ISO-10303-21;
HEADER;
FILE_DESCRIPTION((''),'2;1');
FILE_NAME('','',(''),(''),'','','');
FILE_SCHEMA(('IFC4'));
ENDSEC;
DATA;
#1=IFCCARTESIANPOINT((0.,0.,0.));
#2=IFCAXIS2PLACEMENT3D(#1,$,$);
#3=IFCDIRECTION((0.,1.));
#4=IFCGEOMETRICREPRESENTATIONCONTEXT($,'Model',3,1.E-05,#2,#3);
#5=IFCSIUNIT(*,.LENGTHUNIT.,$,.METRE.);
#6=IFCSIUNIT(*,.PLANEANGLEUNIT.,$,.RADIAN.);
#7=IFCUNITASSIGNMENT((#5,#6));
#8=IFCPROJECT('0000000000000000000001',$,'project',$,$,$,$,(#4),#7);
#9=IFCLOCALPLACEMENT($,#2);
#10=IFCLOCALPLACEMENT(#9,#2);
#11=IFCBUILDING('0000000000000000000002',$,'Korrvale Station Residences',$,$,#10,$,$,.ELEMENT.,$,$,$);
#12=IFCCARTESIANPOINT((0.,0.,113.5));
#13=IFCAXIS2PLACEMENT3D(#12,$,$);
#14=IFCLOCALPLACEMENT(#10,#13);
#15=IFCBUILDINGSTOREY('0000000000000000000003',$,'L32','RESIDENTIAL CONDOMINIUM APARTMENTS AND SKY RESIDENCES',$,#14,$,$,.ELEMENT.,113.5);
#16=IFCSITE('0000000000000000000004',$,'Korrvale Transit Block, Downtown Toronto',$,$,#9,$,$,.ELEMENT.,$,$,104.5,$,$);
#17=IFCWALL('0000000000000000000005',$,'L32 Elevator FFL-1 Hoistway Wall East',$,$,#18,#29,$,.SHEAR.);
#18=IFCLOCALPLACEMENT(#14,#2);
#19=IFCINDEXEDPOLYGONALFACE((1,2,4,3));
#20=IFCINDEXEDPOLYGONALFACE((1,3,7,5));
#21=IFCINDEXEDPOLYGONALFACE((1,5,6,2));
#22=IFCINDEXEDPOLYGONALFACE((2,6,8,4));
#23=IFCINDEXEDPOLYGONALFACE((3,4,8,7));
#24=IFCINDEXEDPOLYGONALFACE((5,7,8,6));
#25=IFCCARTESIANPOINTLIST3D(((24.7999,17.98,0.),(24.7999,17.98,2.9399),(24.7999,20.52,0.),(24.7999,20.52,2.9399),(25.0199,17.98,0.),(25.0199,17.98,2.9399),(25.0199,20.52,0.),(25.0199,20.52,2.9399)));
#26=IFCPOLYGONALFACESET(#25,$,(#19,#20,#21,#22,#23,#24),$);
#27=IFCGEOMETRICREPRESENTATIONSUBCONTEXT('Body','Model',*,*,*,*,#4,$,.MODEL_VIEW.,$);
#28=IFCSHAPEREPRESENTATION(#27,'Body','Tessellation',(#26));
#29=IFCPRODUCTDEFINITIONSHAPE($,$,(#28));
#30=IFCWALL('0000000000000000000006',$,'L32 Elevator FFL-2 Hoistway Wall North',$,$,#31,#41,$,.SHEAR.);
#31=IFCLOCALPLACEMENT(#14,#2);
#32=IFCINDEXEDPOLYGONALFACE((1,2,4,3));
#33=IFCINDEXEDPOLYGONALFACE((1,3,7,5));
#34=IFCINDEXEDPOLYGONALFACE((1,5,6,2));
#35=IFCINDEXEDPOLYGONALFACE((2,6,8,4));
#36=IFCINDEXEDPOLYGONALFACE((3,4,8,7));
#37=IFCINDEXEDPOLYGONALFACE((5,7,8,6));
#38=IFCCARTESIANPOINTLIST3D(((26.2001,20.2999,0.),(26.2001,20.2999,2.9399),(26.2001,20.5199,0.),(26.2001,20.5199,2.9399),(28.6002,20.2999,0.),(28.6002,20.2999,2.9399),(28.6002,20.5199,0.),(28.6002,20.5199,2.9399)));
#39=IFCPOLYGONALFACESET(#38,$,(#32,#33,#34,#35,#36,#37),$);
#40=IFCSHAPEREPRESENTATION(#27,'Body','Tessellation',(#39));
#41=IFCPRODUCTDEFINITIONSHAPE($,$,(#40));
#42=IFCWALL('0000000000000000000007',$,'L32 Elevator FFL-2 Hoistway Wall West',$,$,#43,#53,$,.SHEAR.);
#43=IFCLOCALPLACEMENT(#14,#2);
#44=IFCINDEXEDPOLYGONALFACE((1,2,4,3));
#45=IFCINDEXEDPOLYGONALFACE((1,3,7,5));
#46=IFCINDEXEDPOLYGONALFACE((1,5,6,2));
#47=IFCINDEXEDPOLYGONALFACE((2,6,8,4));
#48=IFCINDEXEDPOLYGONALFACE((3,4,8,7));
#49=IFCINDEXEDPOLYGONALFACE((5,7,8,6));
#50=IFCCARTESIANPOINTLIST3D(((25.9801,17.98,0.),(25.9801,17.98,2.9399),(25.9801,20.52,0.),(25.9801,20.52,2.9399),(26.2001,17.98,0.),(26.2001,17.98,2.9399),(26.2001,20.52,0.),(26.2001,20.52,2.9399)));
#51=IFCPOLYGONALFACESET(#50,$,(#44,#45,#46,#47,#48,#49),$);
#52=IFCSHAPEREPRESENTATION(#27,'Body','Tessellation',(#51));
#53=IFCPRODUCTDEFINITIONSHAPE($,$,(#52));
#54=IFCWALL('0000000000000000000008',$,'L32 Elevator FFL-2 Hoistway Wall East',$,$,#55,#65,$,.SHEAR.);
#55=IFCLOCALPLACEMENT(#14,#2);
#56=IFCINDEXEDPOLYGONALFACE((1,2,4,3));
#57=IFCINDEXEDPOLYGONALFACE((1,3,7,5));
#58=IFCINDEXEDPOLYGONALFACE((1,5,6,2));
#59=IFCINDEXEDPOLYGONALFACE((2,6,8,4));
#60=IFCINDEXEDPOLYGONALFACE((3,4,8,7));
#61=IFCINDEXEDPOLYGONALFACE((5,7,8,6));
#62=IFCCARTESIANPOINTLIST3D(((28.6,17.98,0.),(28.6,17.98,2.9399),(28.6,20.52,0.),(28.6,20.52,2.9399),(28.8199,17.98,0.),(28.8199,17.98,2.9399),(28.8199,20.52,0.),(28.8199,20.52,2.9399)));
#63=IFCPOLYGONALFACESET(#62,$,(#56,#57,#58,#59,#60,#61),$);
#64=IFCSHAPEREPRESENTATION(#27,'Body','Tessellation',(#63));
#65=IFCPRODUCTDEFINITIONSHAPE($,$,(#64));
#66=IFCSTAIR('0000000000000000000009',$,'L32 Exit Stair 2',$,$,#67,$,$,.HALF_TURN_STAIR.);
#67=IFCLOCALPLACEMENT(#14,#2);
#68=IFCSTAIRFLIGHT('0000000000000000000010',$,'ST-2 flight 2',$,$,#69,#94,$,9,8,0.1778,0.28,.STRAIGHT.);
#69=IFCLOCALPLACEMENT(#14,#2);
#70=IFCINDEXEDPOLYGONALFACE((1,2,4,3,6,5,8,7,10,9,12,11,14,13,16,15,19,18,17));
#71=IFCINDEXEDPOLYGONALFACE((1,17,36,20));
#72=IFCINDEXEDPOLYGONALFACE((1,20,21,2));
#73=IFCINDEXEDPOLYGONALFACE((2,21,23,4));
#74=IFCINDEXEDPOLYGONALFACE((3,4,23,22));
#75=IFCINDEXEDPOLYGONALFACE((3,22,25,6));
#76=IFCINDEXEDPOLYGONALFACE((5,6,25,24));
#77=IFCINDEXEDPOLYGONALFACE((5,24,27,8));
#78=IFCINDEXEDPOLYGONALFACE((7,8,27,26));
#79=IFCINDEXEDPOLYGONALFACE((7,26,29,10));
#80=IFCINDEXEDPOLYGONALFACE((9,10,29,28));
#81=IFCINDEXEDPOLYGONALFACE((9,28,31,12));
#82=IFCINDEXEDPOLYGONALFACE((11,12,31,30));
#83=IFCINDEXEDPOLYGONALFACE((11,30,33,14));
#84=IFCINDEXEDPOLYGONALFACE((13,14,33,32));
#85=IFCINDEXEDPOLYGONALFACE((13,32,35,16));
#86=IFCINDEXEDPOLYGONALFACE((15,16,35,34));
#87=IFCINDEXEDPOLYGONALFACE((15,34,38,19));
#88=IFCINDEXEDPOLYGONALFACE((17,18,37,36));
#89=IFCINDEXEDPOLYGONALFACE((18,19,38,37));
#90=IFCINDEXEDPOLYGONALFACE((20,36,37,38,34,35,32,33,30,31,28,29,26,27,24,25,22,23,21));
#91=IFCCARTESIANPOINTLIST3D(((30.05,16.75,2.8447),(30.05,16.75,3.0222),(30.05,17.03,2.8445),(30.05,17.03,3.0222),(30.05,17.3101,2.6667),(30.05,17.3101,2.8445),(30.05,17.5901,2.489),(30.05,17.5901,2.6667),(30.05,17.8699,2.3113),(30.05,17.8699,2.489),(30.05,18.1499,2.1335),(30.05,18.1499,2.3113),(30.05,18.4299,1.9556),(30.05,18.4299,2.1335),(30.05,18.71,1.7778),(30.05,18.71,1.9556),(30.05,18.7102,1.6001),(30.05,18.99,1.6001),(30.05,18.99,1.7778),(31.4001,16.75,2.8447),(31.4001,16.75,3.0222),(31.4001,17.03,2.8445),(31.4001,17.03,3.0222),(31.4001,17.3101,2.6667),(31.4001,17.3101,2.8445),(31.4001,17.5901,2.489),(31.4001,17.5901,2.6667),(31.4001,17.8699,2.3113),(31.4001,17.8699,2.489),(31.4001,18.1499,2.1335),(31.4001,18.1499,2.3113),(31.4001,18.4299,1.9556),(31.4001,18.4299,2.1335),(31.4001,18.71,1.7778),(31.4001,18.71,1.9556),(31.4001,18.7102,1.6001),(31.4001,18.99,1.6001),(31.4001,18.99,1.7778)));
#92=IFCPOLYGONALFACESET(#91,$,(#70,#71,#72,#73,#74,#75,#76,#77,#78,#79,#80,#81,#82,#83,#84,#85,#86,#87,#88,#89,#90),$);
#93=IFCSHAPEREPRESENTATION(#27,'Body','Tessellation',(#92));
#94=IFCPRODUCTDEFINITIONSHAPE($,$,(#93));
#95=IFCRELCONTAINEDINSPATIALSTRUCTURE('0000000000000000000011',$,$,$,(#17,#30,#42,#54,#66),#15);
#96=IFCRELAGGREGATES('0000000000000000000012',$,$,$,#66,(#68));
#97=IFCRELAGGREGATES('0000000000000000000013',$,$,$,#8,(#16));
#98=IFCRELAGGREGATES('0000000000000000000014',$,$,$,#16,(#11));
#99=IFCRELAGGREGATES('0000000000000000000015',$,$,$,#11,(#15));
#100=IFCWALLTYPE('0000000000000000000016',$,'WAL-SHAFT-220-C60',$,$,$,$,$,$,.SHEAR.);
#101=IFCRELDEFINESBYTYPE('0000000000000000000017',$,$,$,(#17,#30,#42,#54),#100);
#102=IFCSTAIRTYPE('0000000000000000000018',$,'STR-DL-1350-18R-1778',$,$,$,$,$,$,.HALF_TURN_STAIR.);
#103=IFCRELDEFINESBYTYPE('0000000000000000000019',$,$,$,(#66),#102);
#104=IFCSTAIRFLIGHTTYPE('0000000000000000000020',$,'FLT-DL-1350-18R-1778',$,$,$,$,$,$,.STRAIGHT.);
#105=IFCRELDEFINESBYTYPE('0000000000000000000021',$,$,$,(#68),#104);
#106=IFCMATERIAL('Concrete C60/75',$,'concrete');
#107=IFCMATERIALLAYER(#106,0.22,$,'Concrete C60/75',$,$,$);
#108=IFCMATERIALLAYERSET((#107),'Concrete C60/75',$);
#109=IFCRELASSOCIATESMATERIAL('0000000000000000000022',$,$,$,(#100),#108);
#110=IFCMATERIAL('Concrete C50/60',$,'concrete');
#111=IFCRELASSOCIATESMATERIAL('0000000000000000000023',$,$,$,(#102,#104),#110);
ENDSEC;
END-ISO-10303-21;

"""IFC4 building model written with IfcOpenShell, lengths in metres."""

from ifc_helpers import new_model, si_unit, direction, frame, frame_2d, origin, place, context, subcontext, project, spatial, polyline, rectangle, outline, extrude, material, layer, layer_set, type_object, element, aggregate, save


model = new_model("IFC4")

# Units and contexts
model_context = context("Model", 3, precision=1e-05, world=origin(), true_north=direction((0.0, 1.0)))
body_context = subcontext(model_context, "Body", "Model", "MODEL_VIEW")
ifc_project = project(units=[si_unit("LENGTHUNIT", "METRE"), si_unit("PLANEANGLEUNIT", "RADIAN")], contexts=[model_context])

# Site, building, storey
site_placement = place(None, origin())
site = spatial("IfcSite", under=ifc_project, at=site_placement, Name="Korrvale Transit Block, Downtown Toronto", CompositionType="ELEMENT", RefElevation=104.5)
building_placement = place(site_placement, origin())
building = spatial("IfcBuilding", under=site, at=building_placement, Name="Korrvale Station Residences", CompositionType="ELEMENT")
storey_placement = place(building_placement, frame((0.0, 0.0, 113.5)))
storey = spatial("IfcBuildingStorey", under=building, at=storey_placement, Name="L32", Description="RESIDENTIAL CONDOMINIUM APARTMENTS AND SKY RESIDENCES", CompositionType="ELEMENT", Elevation=113.5)

# Shared definitions
ifc_material_1 = material(Name="Concrete C60/75", Category="concrete")

# Wall
ifc_layer_1 = layer(ifc_material_1, 0.22, Name="Concrete C60/75")
ifc_layer_set_1 = layer_set([ifc_layer_1], Name="Concrete C60/75")
wall_type_1 = type_object("IfcWallType", Name="WAL-SHAFT-220-C60", PredefinedType="SHEAR", material=ifc_layer_set_1)
wall_1_placement = place(storey_placement, frame((24.9099, 17.98, 0.0), z_axis=(0.0, 0.0, 1.0), x_axis=(0.0, 1.0, 0.0)))
element("IfcWall", 1, at=wall_1_placement, inside=storey, type_object=wall_type_1, Name="L32 Elevator FFL-1 Hoistway Wall East", PredefinedType="SHEAR", context=body_context, shape_type="SweptSolid", body=[
    extrude(rectangle(XDim=2.54, YDim=0.22, at=frame_2d((1.27, 0.0))), origin(), (0.0, 0.0, 1.0), 2.9399),
])

# Walls
wall_2_placement = place(storey_placement, frame((26.2, 20.4099, 0.0), z_axis=(0.0, 0.0, 1.0), x_axis=(1.0, 0.0, 0.0)))
element("IfcWall", 2, at=wall_2_placement, inside=storey, type_object=wall_type_1, Name="L32 Elevator FFL-2 Hoistway Wall North", PredefinedType="SHEAR", context=body_context, shape_type="SweptSolid", body=[
    extrude(rectangle(XDim=2.4001, YDim=0.22, at=frame_2d((1.2002, 0.0))), origin(), (0.0, 0.0, 1.0), 2.9399),
])
for number, where, z_axis, x_axis, name in (
    (3, (26.0901, 17.98, 0.0), (0.0, 0.0, 1.0), (0.0, 1.0, 0.0), "L32 Elevator FFL-2 Hoistway Wall West"),
    (4, (28.71, 17.98, 0.0), (0.0, 0.0, 1.0), (0.0, 1.0, 0.0), "L32 Elevator FFL-2 Hoistway Wall East"),
):
    element("IfcWall", number, at=place(storey_placement, frame(where, z_axis=z_axis, x_axis=x_axis)), inside=storey, type_object=wall_type_1, Name=name, PredefinedType="SHEAR", context=body_context, shape_type="SweptSolid", body=[
        extrude(rectangle(XDim=2.54, YDim=0.22, at=frame_2d((1.27, 0.0))), origin(), (0.0, 0.0, 1.0), 2.9399),
    ])

# Stair, stair flight
ifc_material_2 = material(Name="Concrete C50/60", Category="concrete")
stair_type = type_object("IfcStairType", Name="STR-DL-1350-18R-1778", PredefinedType="HALF_TURN_STAIR", material=ifc_material_2)
stair_placement = place(storey_placement, origin())
stair = element("IfcStair", 5, at=stair_placement, inside=storey, type_object=stair_type, Name="L32 Exit Stair 2", PredefinedType="HALF_TURN_STAIR")
stair_flight_type = type_object("IfcStairFlightType", Name="FLT-DL-1350-18R-1778", PredefinedType="STRAIGHT", material=ifc_material_2)
stair_flight_placement = place(storey_placement, frame((30.7251, 18.99, 1.6001), z_axis=(0.0, 0.0, 1.0), x_axis=(0.0, -1.0, 0.0)))
stair_flight = element("IfcStairFlight", 6, at=stair_flight_placement, type_object=stair_flight_type, Name="ST-2 flight 2", NumberOfRisers=9, NumberOfTreads=8, PredefinedType="STRAIGHT", RiserHeight=0.1778, TreadLength=0.28, context=body_context, shape_type="SweptSolid", body=[
    extrude(outline(polyline([(0.0, 0.0), (0.0, 0.1777), (0.28, 0.1777), (0.28, 0.3555), (0.5601, 0.3555), (0.5601, 0.5334), (0.8401, 0.5334), (0.8401, 0.7112), (1.1201, 0.7112), (1.1201, 0.8889), (1.3999, 0.8889), (1.3999, 1.0667), (1.6799, 1.0667), (1.6799, 1.2444), (1.96, 1.2444), (1.96, 1.4221), (2.24, 1.4221), (2.24, 1.6001), (2.24, 1.2446), (0.2798, 0.0), (0.0, 0.0)])), frame((0.0, 0.675, 0.0), z_axis=(0.0, -1.0, 0.0), x_axis=(1.0, 0.0, 0.0)), (0.0, 0.0, 1.0), 1.3501),
])
aggregate(stair, [stair_flight])

save(model, "model.ifc")
